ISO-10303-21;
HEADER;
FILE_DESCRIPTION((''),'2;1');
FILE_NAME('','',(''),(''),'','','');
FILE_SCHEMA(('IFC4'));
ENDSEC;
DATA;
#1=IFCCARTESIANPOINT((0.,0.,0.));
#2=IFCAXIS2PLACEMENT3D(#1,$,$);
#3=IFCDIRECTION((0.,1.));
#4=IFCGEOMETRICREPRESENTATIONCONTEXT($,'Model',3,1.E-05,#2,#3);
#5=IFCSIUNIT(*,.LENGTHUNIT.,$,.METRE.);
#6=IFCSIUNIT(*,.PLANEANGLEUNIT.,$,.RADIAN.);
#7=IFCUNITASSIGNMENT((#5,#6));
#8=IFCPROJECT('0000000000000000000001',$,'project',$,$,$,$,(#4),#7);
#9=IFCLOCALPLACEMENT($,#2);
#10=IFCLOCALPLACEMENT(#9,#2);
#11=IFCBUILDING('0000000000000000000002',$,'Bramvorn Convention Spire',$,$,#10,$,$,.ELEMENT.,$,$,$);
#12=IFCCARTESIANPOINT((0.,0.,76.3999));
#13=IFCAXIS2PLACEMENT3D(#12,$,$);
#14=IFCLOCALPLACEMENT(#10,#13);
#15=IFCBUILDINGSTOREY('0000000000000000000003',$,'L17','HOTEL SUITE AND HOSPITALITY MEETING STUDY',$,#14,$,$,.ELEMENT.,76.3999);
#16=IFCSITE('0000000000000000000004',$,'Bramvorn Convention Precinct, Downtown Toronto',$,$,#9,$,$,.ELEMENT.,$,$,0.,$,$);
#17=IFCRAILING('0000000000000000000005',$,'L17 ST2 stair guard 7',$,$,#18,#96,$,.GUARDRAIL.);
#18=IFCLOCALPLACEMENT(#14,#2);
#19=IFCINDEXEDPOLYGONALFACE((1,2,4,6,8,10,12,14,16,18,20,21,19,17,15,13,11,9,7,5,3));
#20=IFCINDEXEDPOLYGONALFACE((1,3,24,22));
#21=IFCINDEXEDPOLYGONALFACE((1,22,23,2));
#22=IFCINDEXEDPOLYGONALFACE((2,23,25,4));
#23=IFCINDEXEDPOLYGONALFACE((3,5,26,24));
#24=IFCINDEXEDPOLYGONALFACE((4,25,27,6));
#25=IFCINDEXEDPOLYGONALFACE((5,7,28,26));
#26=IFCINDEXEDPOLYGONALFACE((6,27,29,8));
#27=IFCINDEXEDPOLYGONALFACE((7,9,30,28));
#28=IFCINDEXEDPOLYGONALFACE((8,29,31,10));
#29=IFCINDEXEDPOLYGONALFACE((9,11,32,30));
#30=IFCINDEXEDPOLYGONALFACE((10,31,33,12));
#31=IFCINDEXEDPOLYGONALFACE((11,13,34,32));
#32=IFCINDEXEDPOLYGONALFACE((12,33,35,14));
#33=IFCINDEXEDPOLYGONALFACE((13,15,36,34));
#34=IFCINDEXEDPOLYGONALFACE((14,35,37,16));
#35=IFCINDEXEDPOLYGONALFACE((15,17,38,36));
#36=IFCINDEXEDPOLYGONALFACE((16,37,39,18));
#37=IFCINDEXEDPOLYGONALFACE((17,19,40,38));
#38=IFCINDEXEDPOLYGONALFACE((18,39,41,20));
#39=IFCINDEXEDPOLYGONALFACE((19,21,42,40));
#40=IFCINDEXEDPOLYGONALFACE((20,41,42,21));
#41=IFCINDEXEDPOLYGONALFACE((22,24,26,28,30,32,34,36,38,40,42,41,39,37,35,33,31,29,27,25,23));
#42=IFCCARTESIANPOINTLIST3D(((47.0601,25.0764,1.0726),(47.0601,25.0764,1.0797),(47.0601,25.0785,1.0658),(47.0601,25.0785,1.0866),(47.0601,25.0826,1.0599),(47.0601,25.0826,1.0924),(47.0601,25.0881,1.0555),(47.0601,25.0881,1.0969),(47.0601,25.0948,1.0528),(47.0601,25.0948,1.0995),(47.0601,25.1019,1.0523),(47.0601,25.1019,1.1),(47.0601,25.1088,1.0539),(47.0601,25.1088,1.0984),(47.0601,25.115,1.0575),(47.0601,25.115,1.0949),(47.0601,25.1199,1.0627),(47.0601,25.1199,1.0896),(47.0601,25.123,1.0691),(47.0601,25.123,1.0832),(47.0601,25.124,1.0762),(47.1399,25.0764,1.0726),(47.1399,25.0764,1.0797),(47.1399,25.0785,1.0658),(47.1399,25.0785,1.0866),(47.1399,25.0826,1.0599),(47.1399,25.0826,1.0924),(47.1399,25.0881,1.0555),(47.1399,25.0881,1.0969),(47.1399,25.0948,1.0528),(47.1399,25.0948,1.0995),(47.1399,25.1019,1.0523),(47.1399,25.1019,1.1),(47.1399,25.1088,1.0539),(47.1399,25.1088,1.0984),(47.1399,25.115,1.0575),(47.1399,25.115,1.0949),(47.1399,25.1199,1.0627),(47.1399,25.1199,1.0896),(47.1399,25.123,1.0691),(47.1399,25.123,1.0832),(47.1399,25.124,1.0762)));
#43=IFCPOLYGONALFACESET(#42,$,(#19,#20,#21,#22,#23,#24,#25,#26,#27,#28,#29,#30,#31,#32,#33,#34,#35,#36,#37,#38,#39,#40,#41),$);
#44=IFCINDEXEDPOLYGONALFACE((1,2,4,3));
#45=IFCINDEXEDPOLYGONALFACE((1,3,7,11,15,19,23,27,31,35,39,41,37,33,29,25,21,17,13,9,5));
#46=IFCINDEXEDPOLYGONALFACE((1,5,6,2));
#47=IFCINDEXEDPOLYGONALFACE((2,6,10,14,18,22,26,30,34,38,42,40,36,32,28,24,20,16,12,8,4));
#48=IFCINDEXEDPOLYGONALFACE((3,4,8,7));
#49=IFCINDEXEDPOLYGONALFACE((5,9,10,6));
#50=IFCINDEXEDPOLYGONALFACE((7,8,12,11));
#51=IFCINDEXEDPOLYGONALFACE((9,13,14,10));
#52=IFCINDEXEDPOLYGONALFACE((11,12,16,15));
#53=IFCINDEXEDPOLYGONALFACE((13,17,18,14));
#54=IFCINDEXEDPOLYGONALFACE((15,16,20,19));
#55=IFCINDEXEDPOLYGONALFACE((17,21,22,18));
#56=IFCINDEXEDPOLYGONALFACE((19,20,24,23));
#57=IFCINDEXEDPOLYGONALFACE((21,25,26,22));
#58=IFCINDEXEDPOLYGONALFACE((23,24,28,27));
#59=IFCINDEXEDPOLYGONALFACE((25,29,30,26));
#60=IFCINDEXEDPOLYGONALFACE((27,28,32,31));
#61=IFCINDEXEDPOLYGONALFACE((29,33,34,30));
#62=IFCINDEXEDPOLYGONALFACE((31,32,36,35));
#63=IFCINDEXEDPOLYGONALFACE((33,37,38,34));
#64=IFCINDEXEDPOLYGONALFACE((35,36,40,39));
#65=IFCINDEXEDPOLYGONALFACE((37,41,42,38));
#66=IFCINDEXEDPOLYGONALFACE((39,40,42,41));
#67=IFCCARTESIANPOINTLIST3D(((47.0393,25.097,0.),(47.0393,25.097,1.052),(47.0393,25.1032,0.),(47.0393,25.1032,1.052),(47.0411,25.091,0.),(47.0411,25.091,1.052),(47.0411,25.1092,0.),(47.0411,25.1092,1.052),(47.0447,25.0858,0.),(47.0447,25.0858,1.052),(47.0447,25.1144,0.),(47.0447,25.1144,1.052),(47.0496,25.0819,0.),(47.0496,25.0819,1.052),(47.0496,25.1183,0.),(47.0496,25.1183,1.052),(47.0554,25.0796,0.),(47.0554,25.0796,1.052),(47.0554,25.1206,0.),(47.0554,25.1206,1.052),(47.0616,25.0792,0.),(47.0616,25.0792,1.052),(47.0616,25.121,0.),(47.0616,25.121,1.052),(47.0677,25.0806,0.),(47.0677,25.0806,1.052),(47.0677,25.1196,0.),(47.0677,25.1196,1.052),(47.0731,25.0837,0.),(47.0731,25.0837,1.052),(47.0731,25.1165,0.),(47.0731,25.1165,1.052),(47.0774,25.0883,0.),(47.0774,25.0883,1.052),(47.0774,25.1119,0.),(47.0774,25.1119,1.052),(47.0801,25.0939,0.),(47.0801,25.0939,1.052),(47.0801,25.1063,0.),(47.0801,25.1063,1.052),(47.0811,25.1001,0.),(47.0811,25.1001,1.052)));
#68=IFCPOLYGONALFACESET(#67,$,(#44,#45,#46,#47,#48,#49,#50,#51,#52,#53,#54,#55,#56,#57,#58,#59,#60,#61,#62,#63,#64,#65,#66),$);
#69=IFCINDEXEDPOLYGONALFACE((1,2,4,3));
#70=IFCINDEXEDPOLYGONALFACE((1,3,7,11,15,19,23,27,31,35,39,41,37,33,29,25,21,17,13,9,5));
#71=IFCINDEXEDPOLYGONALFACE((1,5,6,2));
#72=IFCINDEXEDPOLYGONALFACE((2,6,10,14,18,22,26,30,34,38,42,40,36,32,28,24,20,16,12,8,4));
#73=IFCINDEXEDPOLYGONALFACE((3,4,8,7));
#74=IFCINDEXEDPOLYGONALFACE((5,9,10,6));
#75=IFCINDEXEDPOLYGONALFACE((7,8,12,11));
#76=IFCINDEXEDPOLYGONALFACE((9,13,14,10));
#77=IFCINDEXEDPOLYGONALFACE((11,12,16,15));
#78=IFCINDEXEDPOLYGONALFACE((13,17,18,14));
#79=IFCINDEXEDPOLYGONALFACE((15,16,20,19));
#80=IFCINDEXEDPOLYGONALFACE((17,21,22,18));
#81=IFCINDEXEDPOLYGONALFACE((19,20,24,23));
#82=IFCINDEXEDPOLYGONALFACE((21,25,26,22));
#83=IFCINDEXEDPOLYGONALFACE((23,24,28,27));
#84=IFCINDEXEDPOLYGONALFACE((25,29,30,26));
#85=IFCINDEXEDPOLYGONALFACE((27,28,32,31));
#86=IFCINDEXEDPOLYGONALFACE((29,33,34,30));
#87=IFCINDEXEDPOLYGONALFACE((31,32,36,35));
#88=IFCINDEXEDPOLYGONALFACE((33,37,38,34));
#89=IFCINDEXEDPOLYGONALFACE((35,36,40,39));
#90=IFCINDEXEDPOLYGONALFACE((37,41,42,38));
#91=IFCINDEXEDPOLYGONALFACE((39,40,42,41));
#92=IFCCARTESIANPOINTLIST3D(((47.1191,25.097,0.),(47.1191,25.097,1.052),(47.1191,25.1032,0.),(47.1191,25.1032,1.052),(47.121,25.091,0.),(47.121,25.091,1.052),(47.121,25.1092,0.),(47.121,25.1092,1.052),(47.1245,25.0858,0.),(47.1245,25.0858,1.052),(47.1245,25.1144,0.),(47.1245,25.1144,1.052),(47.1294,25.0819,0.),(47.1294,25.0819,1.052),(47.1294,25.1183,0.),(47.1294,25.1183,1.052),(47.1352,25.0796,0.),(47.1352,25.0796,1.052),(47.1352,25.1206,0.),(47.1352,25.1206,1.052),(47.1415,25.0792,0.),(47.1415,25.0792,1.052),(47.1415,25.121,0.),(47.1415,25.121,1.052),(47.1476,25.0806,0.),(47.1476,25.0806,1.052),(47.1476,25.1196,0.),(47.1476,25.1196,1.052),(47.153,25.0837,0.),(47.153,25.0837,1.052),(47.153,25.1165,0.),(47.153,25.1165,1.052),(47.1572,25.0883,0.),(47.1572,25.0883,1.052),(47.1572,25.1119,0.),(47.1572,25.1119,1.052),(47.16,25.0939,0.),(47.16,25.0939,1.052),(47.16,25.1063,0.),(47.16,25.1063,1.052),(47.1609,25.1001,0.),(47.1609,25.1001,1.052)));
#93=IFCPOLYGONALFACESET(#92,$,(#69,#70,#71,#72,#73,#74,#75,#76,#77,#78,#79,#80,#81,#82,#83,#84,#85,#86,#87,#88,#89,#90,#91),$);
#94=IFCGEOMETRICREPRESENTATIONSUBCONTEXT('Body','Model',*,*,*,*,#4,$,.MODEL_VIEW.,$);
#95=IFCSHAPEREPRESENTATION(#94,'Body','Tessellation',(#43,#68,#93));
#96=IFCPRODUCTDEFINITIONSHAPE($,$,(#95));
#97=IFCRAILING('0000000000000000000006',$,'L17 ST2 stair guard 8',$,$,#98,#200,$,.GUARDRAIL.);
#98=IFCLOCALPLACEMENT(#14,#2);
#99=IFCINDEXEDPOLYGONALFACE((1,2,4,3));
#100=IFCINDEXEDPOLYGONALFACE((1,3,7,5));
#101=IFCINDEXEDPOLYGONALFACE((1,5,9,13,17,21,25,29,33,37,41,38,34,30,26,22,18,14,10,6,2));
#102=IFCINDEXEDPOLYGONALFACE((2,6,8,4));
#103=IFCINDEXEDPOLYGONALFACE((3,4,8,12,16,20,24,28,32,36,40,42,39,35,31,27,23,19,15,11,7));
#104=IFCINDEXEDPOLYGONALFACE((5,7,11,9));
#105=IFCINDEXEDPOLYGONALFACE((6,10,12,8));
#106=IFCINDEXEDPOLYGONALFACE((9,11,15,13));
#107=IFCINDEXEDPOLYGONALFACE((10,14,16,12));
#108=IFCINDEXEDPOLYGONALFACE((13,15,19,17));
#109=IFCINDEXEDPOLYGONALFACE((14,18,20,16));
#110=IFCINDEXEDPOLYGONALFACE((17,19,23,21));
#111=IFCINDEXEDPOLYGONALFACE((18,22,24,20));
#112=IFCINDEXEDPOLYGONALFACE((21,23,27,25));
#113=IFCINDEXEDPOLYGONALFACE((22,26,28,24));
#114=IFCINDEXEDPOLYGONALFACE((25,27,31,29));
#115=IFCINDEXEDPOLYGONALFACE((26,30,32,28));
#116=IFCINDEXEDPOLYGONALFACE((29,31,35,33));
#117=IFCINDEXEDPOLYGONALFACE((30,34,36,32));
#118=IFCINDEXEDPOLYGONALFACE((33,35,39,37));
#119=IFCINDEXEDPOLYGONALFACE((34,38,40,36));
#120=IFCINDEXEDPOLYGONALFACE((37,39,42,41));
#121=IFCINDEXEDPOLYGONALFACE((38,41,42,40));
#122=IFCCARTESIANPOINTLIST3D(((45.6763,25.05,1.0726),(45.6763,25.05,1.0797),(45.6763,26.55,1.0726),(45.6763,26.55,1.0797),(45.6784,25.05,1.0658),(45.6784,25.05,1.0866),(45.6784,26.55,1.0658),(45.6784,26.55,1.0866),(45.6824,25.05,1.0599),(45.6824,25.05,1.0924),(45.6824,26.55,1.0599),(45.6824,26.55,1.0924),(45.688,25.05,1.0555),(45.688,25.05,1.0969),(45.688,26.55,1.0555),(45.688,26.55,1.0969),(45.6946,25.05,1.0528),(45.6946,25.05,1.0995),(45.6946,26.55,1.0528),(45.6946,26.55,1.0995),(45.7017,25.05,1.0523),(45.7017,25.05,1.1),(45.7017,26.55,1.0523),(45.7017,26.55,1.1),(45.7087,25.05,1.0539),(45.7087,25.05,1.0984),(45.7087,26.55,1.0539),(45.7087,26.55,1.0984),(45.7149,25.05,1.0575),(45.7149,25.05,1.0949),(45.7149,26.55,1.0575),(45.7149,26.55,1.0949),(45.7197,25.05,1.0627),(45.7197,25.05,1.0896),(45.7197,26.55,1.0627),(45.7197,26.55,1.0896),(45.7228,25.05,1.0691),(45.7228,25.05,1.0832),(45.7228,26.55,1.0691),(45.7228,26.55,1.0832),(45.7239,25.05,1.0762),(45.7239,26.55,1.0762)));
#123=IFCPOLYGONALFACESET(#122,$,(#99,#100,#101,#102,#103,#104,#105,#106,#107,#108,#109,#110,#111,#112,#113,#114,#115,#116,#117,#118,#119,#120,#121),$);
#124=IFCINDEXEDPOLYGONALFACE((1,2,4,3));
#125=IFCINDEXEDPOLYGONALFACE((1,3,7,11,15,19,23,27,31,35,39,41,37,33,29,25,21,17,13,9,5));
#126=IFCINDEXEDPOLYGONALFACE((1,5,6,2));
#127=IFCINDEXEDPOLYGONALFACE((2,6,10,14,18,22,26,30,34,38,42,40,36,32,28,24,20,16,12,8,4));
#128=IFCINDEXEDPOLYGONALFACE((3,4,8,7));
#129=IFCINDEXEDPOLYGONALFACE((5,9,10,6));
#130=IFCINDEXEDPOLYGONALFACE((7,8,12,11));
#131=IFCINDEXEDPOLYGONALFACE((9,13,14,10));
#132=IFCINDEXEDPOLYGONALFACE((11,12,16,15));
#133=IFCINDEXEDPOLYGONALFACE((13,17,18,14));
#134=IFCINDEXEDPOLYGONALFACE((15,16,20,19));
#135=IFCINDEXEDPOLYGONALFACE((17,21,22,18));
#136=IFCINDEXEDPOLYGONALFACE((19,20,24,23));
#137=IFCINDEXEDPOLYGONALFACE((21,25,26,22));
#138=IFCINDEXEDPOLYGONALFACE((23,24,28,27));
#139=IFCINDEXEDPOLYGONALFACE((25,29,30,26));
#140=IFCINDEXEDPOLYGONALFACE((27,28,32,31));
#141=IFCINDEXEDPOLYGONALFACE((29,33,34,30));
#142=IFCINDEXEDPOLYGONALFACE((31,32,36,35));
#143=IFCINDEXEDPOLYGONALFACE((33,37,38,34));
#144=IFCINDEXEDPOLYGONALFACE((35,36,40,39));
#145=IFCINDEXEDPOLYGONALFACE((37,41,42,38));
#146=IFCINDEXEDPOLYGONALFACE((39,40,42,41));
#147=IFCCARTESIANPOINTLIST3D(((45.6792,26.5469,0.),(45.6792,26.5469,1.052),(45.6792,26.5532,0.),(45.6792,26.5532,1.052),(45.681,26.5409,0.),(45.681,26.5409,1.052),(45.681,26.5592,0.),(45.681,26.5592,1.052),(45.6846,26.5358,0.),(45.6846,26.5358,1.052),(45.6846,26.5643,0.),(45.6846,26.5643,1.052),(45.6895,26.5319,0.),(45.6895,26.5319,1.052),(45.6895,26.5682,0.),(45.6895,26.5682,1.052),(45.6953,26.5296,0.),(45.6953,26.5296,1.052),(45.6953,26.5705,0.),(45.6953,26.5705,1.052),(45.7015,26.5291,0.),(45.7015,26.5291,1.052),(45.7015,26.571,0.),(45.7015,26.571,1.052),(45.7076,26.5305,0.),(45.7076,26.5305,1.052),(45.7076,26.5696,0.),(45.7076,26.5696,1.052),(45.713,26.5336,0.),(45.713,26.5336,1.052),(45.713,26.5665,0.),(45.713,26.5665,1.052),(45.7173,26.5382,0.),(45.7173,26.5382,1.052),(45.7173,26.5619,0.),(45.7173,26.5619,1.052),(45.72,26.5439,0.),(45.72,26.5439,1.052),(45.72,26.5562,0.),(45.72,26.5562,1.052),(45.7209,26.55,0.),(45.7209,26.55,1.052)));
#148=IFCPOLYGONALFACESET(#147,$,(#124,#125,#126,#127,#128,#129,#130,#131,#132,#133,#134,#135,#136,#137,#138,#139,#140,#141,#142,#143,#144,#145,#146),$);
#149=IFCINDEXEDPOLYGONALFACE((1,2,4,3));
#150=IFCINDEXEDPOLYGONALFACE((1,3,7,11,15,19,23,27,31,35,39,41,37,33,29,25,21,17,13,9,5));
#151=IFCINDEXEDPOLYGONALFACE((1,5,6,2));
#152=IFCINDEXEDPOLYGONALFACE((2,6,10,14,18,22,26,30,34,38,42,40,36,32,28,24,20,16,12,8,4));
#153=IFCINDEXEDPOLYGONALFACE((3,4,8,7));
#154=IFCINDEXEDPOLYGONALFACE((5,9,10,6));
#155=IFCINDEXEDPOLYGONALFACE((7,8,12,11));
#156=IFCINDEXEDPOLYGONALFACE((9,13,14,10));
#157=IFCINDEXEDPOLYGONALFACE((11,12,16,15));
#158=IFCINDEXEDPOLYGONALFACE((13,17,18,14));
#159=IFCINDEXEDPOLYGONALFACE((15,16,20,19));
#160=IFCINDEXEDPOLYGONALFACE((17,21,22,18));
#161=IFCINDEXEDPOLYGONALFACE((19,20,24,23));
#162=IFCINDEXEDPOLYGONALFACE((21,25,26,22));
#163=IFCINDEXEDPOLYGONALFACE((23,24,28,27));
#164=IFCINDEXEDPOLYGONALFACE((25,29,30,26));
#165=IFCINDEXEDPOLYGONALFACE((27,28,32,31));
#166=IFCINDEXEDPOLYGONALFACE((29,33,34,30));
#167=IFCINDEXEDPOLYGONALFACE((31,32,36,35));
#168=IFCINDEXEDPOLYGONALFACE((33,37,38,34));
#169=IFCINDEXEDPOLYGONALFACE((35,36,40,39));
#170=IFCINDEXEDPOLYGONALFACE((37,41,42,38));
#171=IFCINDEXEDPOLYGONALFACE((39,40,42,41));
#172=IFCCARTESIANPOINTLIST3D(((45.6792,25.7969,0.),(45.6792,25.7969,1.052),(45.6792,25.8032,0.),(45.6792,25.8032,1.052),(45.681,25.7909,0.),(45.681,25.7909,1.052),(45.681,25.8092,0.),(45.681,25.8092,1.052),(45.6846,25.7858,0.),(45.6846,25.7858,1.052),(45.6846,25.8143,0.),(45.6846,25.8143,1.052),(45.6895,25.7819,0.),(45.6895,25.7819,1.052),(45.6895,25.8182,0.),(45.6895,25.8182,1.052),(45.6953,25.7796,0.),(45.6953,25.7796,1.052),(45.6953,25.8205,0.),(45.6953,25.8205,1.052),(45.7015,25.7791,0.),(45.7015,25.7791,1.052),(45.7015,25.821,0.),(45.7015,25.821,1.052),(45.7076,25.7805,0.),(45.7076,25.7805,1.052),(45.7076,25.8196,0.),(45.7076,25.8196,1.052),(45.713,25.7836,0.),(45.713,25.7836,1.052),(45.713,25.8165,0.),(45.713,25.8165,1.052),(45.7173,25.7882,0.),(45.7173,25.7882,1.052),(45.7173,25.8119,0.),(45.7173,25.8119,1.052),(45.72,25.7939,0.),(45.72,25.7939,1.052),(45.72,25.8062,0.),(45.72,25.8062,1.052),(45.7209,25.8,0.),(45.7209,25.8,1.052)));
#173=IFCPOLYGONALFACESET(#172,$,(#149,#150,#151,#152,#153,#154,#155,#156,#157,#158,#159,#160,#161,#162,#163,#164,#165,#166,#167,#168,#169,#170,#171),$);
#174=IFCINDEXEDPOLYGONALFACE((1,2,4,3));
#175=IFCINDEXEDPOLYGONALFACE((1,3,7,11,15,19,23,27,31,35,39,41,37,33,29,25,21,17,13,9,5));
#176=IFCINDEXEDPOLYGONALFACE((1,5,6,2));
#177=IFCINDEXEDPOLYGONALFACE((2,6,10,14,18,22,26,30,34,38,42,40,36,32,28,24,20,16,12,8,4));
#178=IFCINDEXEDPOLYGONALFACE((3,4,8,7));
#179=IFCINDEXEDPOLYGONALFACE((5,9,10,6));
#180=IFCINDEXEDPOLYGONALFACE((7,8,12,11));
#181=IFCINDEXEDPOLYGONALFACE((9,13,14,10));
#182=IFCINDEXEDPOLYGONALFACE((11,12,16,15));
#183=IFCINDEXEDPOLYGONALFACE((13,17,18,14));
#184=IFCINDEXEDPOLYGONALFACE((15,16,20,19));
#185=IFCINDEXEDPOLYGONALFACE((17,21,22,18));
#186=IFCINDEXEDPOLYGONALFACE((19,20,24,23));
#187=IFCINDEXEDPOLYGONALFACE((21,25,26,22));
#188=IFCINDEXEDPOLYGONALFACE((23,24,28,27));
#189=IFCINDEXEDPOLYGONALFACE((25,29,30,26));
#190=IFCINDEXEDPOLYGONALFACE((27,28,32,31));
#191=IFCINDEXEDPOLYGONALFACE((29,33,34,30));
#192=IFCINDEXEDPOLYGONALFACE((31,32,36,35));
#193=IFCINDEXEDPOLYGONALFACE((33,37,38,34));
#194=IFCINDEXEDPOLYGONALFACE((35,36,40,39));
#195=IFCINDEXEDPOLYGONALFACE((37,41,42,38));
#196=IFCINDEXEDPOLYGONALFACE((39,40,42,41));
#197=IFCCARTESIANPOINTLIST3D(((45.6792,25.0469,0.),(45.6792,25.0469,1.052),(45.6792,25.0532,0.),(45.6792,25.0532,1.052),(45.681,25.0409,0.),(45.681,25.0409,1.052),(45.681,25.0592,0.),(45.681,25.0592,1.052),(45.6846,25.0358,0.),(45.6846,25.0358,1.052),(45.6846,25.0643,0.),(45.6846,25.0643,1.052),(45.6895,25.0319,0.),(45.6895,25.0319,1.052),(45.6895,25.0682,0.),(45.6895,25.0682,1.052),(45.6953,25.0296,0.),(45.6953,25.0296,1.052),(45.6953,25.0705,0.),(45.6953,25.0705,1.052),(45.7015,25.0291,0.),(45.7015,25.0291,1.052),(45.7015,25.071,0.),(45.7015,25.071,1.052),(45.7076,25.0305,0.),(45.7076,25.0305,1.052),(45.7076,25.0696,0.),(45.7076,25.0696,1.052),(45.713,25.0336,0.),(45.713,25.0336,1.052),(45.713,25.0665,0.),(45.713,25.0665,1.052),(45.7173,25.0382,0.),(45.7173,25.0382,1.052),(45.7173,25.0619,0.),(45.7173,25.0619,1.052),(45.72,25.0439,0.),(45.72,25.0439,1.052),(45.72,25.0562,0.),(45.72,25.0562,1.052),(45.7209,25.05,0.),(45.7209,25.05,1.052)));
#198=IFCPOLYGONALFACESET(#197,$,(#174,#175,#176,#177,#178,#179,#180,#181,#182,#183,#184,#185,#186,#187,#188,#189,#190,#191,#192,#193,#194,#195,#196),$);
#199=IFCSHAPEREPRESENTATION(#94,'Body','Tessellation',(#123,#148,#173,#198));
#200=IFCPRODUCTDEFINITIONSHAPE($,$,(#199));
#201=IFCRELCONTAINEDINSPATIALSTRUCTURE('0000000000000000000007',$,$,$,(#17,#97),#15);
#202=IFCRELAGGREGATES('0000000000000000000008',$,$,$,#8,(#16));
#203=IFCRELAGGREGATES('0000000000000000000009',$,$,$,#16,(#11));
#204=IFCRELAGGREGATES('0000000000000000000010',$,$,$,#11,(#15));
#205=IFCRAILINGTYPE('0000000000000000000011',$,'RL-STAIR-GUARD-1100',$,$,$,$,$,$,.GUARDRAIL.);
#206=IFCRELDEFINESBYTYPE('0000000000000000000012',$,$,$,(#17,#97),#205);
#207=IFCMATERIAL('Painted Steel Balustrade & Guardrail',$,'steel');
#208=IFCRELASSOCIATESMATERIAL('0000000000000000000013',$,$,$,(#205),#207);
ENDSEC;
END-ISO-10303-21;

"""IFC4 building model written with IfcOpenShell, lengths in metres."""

from ifc_helpers import new_model, si_unit, direction, frame, origin, origin_2d, place, context, subcontext, project, spatial, circle, extrude, material, type_object, element, save


model = new_model("IFC4")

# Units and contexts
model_context = context("Model", 3, precision=1e-05, world=origin(), true_north=direction((0.0, 1.0)))
body_context = subcontext(model_context, "Body", "Model", "MODEL_VIEW")
ifc_project = project(units=[si_unit("LENGTHUNIT", "METRE"), si_unit("PLANEANGLEUNIT", "RADIAN")], contexts=[model_context])

# Site, building, storey
site_placement = place(None, origin())
site = spatial("IfcSite", under=ifc_project, at=site_placement, Name="Bramvorn Convention Precinct, Downtown Toronto", CompositionType="ELEMENT", RefElevation=0.0)
building_placement = place(site_placement, origin())
building = spatial("IfcBuilding", under=site, at=building_placement, Name="Bramvorn Convention Spire", CompositionType="ELEMENT")
storey_placement = place(building_placement, frame((0.0, 0.0, 76.3999)))
storey = spatial("IfcBuildingStorey", under=building, at=storey_placement, Name="L17", Description="HOTEL SUITE AND HOSPITALITY MEETING STUDY", CompositionType="ELEMENT", Elevation=76.3999)

# Railings
ifc_material_1 = material(Name="Painted Steel Balustrade & Guardrail", Category="steel")
railing_type_1 = type_object("IfcRailingType", Name="RL-STAIR-GUARD-1100", PredefinedType="GUARDRAIL", material=ifc_material_1)
railing_1_placement = place(storey_placement, frame((47.0601, 25.1001, 0.0)))
element("IfcRailing", 1, at=railing_1_placement, inside=storey, type_object=railing_type_1, Name="L17 ST2 stair guard 7", PredefinedType="GUARDRAIL", context=body_context, shape_type="SweptSolid", body=[
    extrude(circle(Radius=0.0239, at=origin_2d()), frame((0.0, 0.0, 1.0762), z_axis=(1.0, 0.0, 0.0), x_axis=(0.0, 1.0, 0.0)), (0.0, 0.0, 1.0), 0.0798),
    extrude(circle(Radius=0.021, at=origin_2d()), origin(), (0.0, 0.0, 1.0), 1.052),
    extrude(circle(Radius=0.021, at=origin_2d()), frame((0.0798, 0.0, 0.0)), (0.0, 0.0, 1.0), 1.052),
])
for number, where, name in (
    (2, (45.7, 26.55, 0.0), "L17 ST2 stair guard 8"),
):
    element("IfcRailing", number, at=place(storey_placement, frame(where)), inside=storey, type_object=railing_type_1, Name=name, PredefinedType="GUARDRAIL", context=body_context, shape_type="SweptSolid", body=[
        extrude(circle(Radius=0.0239, at=origin_2d()), frame((0.0, 0.0, 1.0762), z_axis=(0.0, -1.0, 0.0), x_axis=(1.0, 0.0, 0.0)), (0.0, 0.0, 1.0), 1.5),
        extrude(circle(Radius=0.021, at=origin_2d()), origin(), (0.0, 0.0, 1.0), 1.052),
        extrude(circle(Radius=0.021, at=origin_2d()), frame((0.0, -0.75, 0.0)), (0.0, 0.0, 1.0), 1.052),
        extrude(circle(Radius=0.021, at=origin_2d()), frame((0.0, -1.5, 0.0)), (0.0, 0.0, 1.0), 1.052),
    ])

save(model, "model.ifc")
